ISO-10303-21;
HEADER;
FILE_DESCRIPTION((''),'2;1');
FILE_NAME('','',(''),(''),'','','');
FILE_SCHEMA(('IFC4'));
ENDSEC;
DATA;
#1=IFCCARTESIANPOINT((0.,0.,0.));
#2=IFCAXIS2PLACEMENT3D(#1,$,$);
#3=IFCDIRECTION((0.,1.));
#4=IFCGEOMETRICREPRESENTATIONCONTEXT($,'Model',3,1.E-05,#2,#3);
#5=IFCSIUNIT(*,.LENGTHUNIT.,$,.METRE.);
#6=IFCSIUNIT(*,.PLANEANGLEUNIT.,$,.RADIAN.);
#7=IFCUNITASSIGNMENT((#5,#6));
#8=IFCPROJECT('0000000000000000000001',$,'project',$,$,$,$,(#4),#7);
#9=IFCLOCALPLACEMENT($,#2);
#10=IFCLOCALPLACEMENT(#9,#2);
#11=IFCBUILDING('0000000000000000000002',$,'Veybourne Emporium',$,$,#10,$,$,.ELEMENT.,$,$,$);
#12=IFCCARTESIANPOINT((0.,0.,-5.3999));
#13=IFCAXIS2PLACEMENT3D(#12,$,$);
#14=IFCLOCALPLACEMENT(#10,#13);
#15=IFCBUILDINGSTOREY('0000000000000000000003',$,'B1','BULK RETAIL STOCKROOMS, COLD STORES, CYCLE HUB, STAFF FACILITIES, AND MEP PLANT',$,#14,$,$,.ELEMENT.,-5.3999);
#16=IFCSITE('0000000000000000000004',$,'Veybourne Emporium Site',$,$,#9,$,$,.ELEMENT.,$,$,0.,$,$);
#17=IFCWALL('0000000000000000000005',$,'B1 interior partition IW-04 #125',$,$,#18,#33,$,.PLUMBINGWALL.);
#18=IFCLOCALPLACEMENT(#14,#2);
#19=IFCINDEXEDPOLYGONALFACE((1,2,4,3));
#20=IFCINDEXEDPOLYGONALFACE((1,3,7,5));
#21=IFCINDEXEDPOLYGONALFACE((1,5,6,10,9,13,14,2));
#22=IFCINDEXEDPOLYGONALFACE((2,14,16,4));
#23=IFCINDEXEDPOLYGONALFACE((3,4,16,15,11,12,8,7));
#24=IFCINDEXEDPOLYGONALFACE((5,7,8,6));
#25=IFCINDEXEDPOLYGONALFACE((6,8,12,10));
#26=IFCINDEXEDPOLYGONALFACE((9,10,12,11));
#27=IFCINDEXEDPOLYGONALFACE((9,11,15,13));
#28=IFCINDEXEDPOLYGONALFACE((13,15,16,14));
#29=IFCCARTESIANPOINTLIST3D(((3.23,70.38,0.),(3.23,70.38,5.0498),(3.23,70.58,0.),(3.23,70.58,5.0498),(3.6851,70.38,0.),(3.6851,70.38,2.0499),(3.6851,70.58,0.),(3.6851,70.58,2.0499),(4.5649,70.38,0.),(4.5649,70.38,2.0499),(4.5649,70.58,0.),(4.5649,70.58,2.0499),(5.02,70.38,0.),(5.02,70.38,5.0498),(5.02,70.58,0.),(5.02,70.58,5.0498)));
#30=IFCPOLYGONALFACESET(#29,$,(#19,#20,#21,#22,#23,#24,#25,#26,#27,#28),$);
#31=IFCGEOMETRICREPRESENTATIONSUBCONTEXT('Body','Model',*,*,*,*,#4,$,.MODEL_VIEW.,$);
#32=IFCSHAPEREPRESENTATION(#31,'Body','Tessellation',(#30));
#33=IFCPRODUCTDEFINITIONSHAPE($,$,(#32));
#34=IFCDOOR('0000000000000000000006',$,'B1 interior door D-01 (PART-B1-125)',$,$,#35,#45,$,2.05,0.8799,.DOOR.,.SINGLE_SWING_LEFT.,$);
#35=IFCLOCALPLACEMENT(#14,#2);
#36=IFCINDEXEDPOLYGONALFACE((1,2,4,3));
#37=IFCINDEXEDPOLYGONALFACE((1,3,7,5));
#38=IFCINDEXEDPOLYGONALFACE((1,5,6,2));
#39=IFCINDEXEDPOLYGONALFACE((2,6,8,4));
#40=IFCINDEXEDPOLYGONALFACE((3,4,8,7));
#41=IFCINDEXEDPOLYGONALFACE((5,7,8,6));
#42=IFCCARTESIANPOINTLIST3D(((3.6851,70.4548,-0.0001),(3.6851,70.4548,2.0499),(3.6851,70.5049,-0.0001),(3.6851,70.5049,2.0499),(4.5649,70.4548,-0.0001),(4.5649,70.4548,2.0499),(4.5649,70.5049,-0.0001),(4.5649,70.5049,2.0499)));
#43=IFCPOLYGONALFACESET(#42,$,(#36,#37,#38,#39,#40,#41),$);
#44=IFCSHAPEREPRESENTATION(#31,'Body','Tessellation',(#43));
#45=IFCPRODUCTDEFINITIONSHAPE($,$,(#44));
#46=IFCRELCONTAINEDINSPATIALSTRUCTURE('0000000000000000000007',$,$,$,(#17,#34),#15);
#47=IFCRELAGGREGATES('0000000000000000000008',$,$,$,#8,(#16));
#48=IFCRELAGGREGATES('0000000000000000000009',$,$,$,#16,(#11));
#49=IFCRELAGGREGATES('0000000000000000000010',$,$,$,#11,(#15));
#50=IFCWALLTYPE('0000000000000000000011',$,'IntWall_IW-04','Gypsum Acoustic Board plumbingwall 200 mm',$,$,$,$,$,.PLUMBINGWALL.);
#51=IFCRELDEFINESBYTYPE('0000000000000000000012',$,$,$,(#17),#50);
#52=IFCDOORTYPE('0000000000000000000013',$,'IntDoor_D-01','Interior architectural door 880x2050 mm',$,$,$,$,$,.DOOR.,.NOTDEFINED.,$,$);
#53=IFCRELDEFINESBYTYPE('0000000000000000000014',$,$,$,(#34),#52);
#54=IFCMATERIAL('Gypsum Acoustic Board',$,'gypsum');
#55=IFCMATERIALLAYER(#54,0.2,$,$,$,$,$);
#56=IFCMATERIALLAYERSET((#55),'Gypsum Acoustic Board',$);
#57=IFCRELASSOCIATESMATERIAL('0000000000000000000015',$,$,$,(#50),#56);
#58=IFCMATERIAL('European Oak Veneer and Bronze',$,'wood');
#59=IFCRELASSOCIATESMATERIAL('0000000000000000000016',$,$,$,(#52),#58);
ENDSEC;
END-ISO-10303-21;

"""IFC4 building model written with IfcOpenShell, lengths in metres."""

from ifc_helpers import new_model, si_unit, direction, frame, frame_2d, origin, place, context, subcontext, project, spatial, rectangle, extrude, material, layer, layer_set, type_object, element, fill, save


model = new_model("IFC4")

# Units and contexts
model_context = context("Model", 3, precision=1e-05, world=origin(), true_north=direction((0.0, 1.0)))
body_context = subcontext(model_context, "Body", "Model", "MODEL_VIEW")
ifc_project = project(units=[si_unit("LENGTHUNIT", "METRE"), si_unit("PLANEANGLEUNIT", "RADIAN")], contexts=[model_context])

# Site, building, storey
site_placement = place(None, origin())
site = spatial("IfcSite", under=ifc_project, at=site_placement, Name="Veybourne Emporium Site", CompositionType="ELEMENT", RefElevation=0.0)
building_placement = place(site_placement, origin())
building = spatial("IfcBuilding", under=site, at=building_placement, Name="Veybourne Emporium", CompositionType="ELEMENT")
storey_placement = place(building_placement, frame((0.0, 0.0, -5.3999)))
storey = spatial("IfcBuildingStorey", under=building, at=storey_placement, Name="B1", Description="BULK RETAIL STOCKROOMS, COLD STORES, CYCLE HUB, STAFF FACILITIES, AND MEP PLANT", CompositionType="ELEMENT", Elevation=-5.3999)

# Wall, opening, door
ifc_material_1 = material(Name="Gypsum Acoustic Board", Category="gypsum")
ifc_layer_1 = layer(ifc_material_1, 0.2)
ifc_layer_set_1 = layer_set([ifc_layer_1], Name="Gypsum Acoustic Board")
wall_type_1 = type_object("IfcWallType", Name="IntWall_IW-04", Description="Gypsum Acoustic Board plumbingwall 200 mm", PredefinedType="PLUMBINGWALL", material=ifc_layer_set_1)
wall_placement = place(storey_placement, frame((3.23, 70.48, 0.0), z_axis=(0.0, 0.0, 1.0), x_axis=(1.0, 0.0, 0.0)))
wall = element("IfcWall", 1, at=wall_placement, inside=storey, type_object=wall_type_1, Name="B1 interior partition IW-04 #125", PredefinedType="PLUMBINGWALL", context=body_context, shape_type="SweptSolid", body=[
    extrude(rectangle(XDim=1.79, YDim=0.2, at=frame_2d((0.895, 0.0))), origin(), (0.0, 0.0, 1.0), 5.0498),
])
opening_placement = place(wall_placement, frame((0.4551, 0.0, 0.0)))
opening = element("IfcOpeningElement", 2, at=opening_placement, cuts=wall, PredefinedType="OPENING", context=body_context, shape_type="SweptSolid", body=[
    extrude(rectangle(XDim=0.8799, YDim=2.05, at=frame_2d((0.4399, 1.0249))), frame((0.0, 0.1201, 0.0), z_axis=(0.0, -1.0, 0.0), x_axis=(1.0, 0.0, 0.0)), (0.0, 0.0, 1.0), 0.24),
])
ifc_material_2 = material(Name="European Oak Veneer and Bronze", Category="wood")
door_type = type_object("IfcDoorType", Name="IntDoor_D-01", Description="Interior architectural door 880x2050 mm", OperationType="NOTDEFINED", PredefinedType="DOOR", material=ifc_material_2)
door_placement = place(opening_placement, origin())
door = element("IfcDoor", 3, at=door_placement, inside=storey, type_object=door_type, Name="B1 interior door D-01 (PART-B1-125)", OperationType="SINGLE_SWING_LEFT", OverallHeight=2.05, OverallWidth=0.8799, PredefinedType="DOOR", context=body_context, shape_type="SweptSolid", body=[
    extrude(rectangle(XDim=0.8799, YDim=2.05, at=frame_2d((0.4399, 1.0249))), frame((0.0, 0.0249, 0.0), z_axis=(0.0, -1.0, 0.0), x_axis=(1.0, 0.0, 0.0)), (0.0, 0.0, 1.0), 0.05),
])
fill(opening, door)

save(model, "model.ifc")
